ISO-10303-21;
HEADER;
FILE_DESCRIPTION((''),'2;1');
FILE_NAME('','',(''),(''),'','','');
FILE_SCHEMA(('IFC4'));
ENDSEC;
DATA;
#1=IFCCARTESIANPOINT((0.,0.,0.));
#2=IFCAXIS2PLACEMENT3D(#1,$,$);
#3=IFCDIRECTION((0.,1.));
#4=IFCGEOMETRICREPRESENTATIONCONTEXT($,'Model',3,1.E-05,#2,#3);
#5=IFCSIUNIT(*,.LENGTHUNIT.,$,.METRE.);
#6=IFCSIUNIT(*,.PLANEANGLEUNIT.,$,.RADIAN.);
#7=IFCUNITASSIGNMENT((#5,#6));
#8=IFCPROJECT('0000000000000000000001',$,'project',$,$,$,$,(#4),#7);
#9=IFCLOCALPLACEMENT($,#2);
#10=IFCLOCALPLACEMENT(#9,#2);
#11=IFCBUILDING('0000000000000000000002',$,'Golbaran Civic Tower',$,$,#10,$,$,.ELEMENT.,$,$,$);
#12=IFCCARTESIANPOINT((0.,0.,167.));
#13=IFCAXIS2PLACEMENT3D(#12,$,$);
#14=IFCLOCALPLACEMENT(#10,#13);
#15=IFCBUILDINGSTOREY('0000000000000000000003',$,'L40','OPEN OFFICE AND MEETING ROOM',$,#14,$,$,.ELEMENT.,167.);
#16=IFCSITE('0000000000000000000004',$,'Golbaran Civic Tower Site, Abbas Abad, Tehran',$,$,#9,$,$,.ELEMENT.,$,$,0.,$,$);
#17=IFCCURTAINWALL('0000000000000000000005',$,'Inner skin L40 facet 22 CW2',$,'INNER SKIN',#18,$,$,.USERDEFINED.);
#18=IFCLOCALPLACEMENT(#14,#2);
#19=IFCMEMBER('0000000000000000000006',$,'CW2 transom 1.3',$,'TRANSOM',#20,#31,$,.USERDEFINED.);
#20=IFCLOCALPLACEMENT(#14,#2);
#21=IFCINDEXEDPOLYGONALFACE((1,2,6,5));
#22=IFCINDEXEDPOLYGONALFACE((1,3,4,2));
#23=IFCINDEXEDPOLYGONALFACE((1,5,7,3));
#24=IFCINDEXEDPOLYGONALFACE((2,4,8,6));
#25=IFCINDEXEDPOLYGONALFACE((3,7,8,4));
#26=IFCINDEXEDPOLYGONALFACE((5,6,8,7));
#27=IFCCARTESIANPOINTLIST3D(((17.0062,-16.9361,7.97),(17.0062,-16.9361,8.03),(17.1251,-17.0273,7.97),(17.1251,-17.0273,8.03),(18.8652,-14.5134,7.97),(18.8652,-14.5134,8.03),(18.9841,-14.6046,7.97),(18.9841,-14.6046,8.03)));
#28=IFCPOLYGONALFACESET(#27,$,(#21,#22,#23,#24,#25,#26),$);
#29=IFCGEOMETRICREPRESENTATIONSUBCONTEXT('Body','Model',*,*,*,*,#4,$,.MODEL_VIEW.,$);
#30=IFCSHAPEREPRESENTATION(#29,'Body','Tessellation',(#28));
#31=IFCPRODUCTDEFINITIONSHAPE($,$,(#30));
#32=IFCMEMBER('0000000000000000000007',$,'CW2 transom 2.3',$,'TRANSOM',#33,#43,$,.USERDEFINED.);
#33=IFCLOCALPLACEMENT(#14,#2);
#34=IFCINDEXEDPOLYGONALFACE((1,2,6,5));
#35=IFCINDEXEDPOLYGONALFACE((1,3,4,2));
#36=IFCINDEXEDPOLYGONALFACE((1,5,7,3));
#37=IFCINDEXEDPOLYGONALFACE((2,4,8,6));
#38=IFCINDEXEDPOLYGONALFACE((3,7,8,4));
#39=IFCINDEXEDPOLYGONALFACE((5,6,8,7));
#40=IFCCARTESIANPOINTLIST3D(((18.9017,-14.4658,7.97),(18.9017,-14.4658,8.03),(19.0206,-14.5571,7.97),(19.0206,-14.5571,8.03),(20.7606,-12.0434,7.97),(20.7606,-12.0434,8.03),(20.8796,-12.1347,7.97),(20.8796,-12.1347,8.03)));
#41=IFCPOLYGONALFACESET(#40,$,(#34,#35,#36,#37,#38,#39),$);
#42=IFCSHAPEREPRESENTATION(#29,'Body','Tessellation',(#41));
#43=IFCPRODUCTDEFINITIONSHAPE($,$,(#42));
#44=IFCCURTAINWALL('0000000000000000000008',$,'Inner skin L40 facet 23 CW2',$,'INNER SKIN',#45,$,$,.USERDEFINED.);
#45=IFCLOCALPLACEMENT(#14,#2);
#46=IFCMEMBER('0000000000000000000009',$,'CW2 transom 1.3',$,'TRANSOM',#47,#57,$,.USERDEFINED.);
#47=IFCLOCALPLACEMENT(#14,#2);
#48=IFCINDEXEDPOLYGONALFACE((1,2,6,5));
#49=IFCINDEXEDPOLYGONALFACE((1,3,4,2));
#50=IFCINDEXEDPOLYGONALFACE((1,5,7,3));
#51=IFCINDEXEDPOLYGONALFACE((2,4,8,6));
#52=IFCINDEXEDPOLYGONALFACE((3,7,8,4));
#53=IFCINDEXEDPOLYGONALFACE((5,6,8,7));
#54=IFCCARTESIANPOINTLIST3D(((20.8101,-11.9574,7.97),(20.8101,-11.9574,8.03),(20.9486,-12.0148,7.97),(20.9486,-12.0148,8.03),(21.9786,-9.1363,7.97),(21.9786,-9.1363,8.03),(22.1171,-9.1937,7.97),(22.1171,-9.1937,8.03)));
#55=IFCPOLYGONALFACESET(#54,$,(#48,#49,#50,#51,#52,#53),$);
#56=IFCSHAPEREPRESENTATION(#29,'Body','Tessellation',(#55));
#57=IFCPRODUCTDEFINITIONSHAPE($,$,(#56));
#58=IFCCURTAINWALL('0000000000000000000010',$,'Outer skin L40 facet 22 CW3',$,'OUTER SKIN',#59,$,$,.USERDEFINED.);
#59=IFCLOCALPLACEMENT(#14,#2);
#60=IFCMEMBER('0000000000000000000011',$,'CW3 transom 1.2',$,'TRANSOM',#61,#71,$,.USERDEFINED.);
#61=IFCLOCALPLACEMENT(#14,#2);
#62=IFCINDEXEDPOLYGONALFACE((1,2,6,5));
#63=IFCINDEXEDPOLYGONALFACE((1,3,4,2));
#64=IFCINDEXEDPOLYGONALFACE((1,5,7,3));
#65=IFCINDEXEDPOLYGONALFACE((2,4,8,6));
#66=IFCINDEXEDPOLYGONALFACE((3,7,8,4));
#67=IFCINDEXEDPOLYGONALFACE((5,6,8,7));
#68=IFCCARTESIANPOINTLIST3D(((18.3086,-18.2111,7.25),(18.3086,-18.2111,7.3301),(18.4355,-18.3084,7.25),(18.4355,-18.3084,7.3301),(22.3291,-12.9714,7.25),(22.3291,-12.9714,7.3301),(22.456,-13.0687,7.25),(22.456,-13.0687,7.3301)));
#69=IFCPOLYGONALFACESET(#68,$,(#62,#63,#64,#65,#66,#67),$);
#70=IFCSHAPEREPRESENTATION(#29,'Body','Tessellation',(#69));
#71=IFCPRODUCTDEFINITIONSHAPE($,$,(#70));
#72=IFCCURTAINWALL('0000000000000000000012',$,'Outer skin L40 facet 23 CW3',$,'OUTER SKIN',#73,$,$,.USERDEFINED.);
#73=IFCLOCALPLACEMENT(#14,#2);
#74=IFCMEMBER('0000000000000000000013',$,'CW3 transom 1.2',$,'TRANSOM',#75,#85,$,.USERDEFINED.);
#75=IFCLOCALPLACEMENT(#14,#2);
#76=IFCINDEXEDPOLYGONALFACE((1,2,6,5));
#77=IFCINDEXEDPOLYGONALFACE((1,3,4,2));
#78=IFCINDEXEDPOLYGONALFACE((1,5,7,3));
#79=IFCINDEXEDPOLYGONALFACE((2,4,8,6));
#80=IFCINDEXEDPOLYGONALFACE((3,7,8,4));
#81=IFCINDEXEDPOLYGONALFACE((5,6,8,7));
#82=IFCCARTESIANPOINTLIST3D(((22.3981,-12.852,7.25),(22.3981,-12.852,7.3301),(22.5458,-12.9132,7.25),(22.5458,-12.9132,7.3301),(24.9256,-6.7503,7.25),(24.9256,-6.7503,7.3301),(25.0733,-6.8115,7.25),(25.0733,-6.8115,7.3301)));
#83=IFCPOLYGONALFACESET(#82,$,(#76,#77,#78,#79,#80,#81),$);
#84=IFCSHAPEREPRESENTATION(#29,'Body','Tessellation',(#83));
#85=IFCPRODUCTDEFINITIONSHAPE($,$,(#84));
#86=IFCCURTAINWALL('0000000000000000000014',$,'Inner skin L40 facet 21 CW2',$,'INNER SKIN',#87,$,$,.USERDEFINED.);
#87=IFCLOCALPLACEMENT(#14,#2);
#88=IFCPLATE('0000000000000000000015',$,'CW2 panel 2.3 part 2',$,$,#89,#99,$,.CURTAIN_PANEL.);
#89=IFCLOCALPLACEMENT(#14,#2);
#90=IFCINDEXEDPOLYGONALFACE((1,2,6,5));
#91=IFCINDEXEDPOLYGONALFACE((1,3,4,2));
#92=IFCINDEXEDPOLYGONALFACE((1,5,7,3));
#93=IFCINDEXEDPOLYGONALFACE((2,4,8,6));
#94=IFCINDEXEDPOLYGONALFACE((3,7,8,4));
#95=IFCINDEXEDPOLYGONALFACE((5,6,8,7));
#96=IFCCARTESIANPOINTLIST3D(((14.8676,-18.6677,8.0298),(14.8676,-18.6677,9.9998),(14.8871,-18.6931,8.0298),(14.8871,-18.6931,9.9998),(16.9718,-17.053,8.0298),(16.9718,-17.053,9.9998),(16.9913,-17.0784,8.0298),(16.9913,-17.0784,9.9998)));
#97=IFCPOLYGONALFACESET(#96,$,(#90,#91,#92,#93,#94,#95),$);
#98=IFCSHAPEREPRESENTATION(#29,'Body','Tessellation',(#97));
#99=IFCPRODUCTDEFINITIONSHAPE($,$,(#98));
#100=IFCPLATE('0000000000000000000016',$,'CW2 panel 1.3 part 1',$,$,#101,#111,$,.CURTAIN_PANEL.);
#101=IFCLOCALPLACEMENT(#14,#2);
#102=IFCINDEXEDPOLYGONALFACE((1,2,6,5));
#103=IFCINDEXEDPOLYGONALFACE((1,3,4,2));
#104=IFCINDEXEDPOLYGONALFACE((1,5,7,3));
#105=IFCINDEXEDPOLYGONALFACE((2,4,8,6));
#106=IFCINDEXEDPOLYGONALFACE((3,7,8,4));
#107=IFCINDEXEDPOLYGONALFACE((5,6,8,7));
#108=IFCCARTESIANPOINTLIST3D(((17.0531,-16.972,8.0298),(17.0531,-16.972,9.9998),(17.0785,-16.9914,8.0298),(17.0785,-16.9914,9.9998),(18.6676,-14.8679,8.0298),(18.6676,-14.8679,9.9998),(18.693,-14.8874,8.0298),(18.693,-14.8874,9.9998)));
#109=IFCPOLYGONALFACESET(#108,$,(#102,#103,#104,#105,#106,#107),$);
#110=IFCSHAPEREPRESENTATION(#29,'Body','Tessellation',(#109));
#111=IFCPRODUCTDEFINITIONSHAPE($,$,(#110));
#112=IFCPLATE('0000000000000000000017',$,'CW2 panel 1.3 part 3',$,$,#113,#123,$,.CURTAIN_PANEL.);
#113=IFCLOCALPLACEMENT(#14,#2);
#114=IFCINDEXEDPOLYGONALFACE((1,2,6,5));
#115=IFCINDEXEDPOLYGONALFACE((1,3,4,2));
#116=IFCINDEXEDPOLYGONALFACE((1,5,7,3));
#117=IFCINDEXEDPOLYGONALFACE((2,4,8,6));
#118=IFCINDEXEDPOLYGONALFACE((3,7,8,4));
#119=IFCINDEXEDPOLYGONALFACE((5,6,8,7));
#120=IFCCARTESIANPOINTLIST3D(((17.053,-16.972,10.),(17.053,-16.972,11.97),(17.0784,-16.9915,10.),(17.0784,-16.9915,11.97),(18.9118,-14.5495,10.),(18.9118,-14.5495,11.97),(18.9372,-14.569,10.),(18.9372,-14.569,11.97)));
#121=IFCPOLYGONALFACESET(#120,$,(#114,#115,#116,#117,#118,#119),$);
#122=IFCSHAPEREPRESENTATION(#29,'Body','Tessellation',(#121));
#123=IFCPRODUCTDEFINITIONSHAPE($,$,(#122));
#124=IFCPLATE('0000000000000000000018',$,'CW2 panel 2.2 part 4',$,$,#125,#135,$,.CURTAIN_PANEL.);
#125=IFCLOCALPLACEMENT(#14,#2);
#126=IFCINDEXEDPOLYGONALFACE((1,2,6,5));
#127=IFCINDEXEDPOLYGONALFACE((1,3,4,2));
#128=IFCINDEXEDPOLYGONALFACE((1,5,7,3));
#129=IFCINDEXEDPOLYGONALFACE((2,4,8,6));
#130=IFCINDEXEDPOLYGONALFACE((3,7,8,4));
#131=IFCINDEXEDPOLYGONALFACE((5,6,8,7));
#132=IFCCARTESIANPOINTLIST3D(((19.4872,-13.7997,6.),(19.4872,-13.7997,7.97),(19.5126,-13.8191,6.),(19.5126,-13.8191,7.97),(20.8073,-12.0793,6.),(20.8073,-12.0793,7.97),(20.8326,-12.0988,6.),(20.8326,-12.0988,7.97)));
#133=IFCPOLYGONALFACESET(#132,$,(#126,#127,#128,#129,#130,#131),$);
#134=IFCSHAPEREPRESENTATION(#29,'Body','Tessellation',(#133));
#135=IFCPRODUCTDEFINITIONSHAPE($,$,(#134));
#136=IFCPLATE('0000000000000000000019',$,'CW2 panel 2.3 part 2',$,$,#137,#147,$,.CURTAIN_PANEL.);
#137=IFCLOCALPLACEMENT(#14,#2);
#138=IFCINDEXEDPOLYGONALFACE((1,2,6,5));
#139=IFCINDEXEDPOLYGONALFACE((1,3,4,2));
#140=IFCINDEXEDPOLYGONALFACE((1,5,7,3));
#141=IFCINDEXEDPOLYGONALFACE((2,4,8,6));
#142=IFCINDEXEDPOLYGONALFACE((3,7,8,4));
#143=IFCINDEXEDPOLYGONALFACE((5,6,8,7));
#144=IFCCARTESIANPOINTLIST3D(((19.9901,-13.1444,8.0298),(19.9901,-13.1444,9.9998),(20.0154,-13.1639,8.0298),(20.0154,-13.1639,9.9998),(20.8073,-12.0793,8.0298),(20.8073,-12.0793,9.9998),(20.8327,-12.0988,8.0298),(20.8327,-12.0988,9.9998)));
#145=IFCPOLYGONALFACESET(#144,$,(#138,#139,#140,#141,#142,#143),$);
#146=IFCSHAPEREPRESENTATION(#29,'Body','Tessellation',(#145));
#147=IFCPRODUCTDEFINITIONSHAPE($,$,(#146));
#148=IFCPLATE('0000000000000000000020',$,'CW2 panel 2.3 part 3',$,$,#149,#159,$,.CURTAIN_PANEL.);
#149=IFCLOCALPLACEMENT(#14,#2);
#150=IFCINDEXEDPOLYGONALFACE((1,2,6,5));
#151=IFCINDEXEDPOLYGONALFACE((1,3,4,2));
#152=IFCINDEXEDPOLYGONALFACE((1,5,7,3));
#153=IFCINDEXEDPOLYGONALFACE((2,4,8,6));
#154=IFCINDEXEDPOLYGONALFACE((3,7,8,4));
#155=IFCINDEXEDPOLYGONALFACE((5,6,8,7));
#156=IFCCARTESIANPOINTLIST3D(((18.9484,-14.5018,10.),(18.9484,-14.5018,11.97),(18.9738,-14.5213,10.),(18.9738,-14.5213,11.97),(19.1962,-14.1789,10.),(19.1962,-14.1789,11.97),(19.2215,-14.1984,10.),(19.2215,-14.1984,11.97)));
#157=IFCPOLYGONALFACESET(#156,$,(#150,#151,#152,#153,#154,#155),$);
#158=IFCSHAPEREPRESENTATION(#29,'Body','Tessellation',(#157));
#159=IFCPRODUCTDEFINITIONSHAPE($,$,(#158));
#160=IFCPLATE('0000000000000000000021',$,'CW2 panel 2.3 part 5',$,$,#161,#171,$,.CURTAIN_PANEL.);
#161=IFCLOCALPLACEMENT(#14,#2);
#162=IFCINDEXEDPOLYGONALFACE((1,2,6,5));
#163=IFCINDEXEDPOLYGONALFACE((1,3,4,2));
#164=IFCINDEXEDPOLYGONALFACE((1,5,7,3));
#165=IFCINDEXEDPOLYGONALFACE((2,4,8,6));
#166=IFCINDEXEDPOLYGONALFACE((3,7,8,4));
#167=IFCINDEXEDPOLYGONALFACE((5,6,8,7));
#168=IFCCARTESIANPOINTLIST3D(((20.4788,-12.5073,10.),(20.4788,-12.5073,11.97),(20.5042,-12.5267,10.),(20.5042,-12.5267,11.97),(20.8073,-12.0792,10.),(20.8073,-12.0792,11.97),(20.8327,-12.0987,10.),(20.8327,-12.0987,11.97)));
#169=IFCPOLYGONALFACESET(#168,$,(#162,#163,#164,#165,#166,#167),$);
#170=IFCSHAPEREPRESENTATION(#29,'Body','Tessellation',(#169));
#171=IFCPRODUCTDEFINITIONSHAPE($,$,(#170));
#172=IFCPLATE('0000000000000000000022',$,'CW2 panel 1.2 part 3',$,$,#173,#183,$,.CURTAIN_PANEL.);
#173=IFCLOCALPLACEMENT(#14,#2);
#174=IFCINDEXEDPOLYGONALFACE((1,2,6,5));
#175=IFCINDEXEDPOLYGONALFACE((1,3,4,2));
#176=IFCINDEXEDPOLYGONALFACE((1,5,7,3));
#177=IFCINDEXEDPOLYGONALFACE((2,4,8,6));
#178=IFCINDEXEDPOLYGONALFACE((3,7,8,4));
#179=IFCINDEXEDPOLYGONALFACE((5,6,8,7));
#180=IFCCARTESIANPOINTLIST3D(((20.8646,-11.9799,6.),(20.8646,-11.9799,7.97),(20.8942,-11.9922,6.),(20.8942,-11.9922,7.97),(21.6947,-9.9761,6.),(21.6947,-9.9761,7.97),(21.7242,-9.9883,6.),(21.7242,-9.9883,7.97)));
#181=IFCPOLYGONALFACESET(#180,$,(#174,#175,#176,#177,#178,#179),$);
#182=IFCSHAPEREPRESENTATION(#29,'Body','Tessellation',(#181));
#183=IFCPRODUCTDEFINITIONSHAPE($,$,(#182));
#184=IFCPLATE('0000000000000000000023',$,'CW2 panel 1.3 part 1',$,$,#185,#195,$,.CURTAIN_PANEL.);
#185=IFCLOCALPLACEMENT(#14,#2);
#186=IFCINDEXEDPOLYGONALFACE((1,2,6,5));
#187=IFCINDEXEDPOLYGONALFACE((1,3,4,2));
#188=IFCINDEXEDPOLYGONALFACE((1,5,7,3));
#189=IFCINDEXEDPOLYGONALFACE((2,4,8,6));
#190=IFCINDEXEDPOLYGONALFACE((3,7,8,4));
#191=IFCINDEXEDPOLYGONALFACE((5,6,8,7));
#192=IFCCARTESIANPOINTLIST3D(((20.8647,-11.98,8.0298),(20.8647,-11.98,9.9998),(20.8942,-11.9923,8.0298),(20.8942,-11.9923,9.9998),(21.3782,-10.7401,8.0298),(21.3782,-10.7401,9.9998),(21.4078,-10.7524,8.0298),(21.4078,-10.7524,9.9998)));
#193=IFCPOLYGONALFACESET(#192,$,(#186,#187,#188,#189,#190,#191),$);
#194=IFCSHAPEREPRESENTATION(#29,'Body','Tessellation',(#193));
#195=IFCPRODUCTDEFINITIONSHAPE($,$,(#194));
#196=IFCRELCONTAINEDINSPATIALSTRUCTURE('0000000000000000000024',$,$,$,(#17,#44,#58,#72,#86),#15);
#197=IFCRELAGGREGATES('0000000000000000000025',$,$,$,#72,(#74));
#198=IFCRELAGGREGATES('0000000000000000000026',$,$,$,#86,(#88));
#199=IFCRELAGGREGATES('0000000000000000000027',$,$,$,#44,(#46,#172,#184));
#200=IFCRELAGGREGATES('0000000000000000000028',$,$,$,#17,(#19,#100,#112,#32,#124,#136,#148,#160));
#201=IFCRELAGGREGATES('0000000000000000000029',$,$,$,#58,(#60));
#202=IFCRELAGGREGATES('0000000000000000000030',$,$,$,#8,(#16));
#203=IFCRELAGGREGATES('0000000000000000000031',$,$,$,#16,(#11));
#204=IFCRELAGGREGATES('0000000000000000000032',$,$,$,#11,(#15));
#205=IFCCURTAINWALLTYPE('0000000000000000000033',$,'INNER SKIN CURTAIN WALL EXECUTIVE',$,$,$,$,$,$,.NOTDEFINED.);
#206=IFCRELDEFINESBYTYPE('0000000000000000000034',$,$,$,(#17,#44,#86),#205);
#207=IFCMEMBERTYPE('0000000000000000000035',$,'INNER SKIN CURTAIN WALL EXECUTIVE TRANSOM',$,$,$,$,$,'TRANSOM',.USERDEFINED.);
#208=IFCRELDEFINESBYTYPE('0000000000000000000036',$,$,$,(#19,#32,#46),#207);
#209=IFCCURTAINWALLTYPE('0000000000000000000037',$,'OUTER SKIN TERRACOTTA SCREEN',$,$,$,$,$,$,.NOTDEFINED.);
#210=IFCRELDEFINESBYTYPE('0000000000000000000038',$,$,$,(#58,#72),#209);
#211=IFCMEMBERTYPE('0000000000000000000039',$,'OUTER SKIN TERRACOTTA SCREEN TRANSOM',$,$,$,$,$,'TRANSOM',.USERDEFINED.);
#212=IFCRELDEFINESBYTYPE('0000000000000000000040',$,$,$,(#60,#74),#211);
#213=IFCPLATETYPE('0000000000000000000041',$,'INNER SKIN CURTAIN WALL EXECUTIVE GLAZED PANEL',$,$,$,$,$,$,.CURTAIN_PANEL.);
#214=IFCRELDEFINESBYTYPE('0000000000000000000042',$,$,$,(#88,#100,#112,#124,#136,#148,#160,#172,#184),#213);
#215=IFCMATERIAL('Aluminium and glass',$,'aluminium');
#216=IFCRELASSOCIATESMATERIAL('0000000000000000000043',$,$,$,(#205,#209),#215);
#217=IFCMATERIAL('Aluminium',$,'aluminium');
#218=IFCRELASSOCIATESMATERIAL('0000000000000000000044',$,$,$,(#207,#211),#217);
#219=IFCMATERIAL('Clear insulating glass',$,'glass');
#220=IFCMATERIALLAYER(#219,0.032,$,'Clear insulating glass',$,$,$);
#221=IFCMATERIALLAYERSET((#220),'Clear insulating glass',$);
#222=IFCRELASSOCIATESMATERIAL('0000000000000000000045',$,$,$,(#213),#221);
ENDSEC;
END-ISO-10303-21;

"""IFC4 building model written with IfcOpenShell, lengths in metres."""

from ifc_helpers import new_model, si_unit, direction, frame, origin, origin_2d, place, context, subcontext, project, spatial, rectangle, extrude, material, layer, layer_set, material_profile, profile_set, type_object, element, aggregate, save


model = new_model("IFC4")

# Units and contexts
model_context = context("Model", 3, precision=1e-05, world=origin(), true_north=direction((0.0, 1.0)))
body_context = subcontext(model_context, "Body", "Model", "MODEL_VIEW")
ifc_project = project(units=[si_unit("LENGTHUNIT", "METRE"), si_unit("PLANEANGLEUNIT", "RADIAN")], contexts=[model_context])

# Site, building, storey
site_placement = place(None, origin())
site = spatial("IfcSite", under=ifc_project, at=site_placement, Name="Golbaran Civic Tower Site, Abbas Abad, Tehran", CompositionType="ELEMENT", RefElevation=0.0)
building_placement = place(site_placement, origin())
building = spatial("IfcBuilding", under=site, at=building_placement, Name="Golbaran Civic Tower", CompositionType="ELEMENT")
storey_placement = place(building_placement, frame((0.0, 0.0, 167.0)))
storey = spatial("IfcBuildingStorey", under=building, at=storey_placement, Name="L40", Description="OPEN OFFICE AND MEETING ROOM", CompositionType="ELEMENT", Elevation=167.0)

# Curtain wall, members
ifc_material_1 = material(Name="Aluminium and glass", Category="aluminium")
curtain_wall_type_1 = type_object("IfcCurtainWallType", Name="INNER SKIN CURTAIN WALL EXECUTIVE", PredefinedType="NOTDEFINED", material=ifc_material_1)
curtain_wall_1_placement = place(storey_placement, origin())
curtain_wall_1 = element("IfcCurtainWall", 1, at=curtain_wall_1_placement, inside=storey, type_object=curtain_wall_type_1, Name="Inner skin L40 facet 22 CW2", ObjectType="INNER SKIN", PredefinedType="USERDEFINED")
ifc_material_2 = material(Name="Aluminium", Category="aluminium")
ifc_material_profile_1 = material_profile(ifc_material_2, rectangle(XDim=0.1499, YDim=0.0601, at=origin_2d()), Name="INNER SKIN CURTAIN WALL EXECUTIVE TRANSOM")
ifc_profile_set_1 = profile_set([ifc_material_profile_1], Name="Aluminium")
member_type_1 = type_object("IfcMemberType", Name="INNER SKIN CURTAIN WALL EXECUTIVE TRANSOM", ElementType="TRANSOM", PredefinedType="USERDEFINED", material=ifc_profile_set_1)
member_1_placement = place(storey_placement, frame((17.0657, -16.9817, 8.0), z_axis=(0.608752, 0.793361, 0.0), x_axis=(-0.793361, 0.608752, 0.0)))
member_1 = element("IfcMember", 2, at=member_1_placement, type_object=member_type_1, Name="CW2 transom 1.3", ObjectType="TRANSOM", PredefinedType="USERDEFINED", context=body_context, shape_type="SweptSolid", body=[
    extrude(rectangle(XDim=0.1499, YDim=0.0601, at=origin_2d()), origin(), (0.0, 0.0, 1.0), 3.0537),
])
member_2_placement = place(storey_placement, frame((18.9612, -14.5115, 8.0), z_axis=(0.608791, 0.793331, 0.0), x_axis=(-0.793331, 0.608791, 0.0)))
member_2 = element("IfcMember", 3, at=member_2_placement, type_object=member_type_1, Name="CW2 transom 2.3", ObjectType="TRANSOM", PredefinedType="USERDEFINED", context=body_context, shape_type="SweptSolid", body=[
    extrude(rectangle(XDim=0.1499, YDim=0.0601, at=origin_2d()), origin(), (0.0, 0.0, 1.0), 3.0535),
])

# Curtain walls, members
curtain_wall_2_placement = place(storey_placement, origin())
curtain_wall_2 = element("IfcCurtainWall", 4, at=curtain_wall_2_placement, inside=storey, type_object=curtain_wall_type_1, Name="Inner skin L40 facet 23 CW2", ObjectType="INNER SKIN", PredefinedType="USERDEFINED")
member_3_placement = place(storey_placement, frame((20.8794, -11.9861, 8.0), z_axis=(0.382667, 0.923886, 0.0), x_axis=(-0.923886, 0.382667, 0.0)))
member_3 = element("IfcMember", 5, at=member_3_placement, type_object=member_type_1, Name="CW2 transom 1.3", ObjectType="TRANSOM", PredefinedType="USERDEFINED", context=body_context, shape_type="SweptSolid", body=[
    extrude(rectangle(XDim=0.1499, YDim=0.0601, at=origin_2d()), origin(), (0.0, 0.0, 1.0), 3.0535),
])
curtain_wall_type_2 = type_object("IfcCurtainWallType", Name="OUTER SKIN TERRACOTTA SCREEN", PredefinedType="NOTDEFINED", material=ifc_material_1)
curtain_wall_3_placement = place(storey_placement, origin())
curtain_wall_3 = element("IfcCurtainWall", 6, at=curtain_wall_3_placement, inside=storey, type_object=curtain_wall_type_2, Name="Outer skin L40 facet 22 CW3", ObjectType="OUTER SKIN", PredefinedType="USERDEFINED")
ifc_material_profile_2 = material_profile(ifc_material_2, rectangle(XDim=0.1599, YDim=0.0801, at=origin_2d()), Name="OUTER SKIN TERRACOTTA SCREEN TRANSOM")
ifc_profile_set_2 = profile_set([ifc_material_profile_2], Name="Aluminium")
member_type_2 = type_object("IfcMemberType", Name="OUTER SKIN TERRACOTTA SCREEN TRANSOM", ElementType="TRANSOM", PredefinedType="USERDEFINED", material=ifc_profile_set_2)
member_4_placement = place(storey_placement, frame((18.3721, -18.2598, 7.29), z_axis=(0.608753, 0.79336, 0.0), x_axis=(-0.79336, 0.608753, 0.0)))
member_4 = element("IfcMember", 7, at=member_4_placement, type_object=member_type_2, Name="CW3 transom 1.2", ObjectType="TRANSOM", PredefinedType="USERDEFINED", context=body_context, shape_type="SweptSolid", body=[
    extrude(rectangle(XDim=0.1599, YDim=0.0801, at=origin_2d()), origin(), (0.0, 0.0, 1.0), 6.6045),
])
curtain_wall_4_placement = place(storey_placement, origin())
curtain_wall_4 = element("IfcCurtainWall", 8, at=curtain_wall_4_placement, inside=storey, type_object=curtain_wall_type_2, Name="Outer skin L40 facet 23 CW3", ObjectType="OUTER SKIN", PredefinedType="USERDEFINED")
member_5_placement = place(storey_placement, frame((22.4719, -12.8826, 7.29), z_axis=(0.382701, 0.923872, 0.0), x_axis=(-0.923872, 0.382701, 0.0)))
member_5 = element("IfcMember", 9, at=member_5_placement, type_object=member_type_2, Name="CW3 transom 1.2", ObjectType="TRANSOM", PredefinedType="USERDEFINED", context=body_context, shape_type="SweptSolid", body=[
    extrude(rectangle(XDim=0.1599, YDim=0.0801, at=origin_2d()), origin(), (0.0, 0.0, 1.0), 6.6045),
])
aggregate(curtain_wall_4, [member_5])

# Curtain wall, plate
curtain_wall_5_placement = place(storey_placement, origin())
curtain_wall_5 = element("IfcCurtainWall", 10, at=curtain_wall_5_placement, inside=storey, type_object=curtain_wall_type_1, Name="Inner skin L40 facet 21 CW2", ObjectType="INNER SKIN", PredefinedType="USERDEFINED")
ifc_material_3 = material(Name="Clear insulating glass", Category="glass")
ifc_layer_1 = layer(ifc_material_3, 0.032, Name="Clear insulating glass")
ifc_layer_set_1 = layer_set([ifc_layer_1], Name="Clear insulating glass")
plate_type_1 = type_object("IfcPlateType", Name="INNER SKIN CURTAIN WALL EXECUTIVE GLAZED PANEL", PredefinedType="CURTAIN_PANEL", material=ifc_layer_set_1)
plate_1_placement = place(storey_placement, frame((15.9294, -17.873, 8.0298), z_axis=(0.0, 0.0, 1.0), x_axis=(0.793353, 0.608761, 0.0)))
plate_1 = element("IfcPlate", 11, at=plate_1_placement, type_object=plate_type_1, Name="CW2 panel 2.3 part 2", PredefinedType="CURTAIN_PANEL", context=body_context, shape_type="SweptSolid", body=[
    extrude(rectangle(XDim=2.6523, YDim=0.032, at=origin_2d()), origin(), (0.0, 0.0, 1.0), 1.97),
])
aggregate(curtain_wall_5, [plate_1])

# Plates
plate_2_placement = place(storey_placement, frame((17.873, -15.9297, 8.0298), z_axis=(0.0, 0.0, 1.0), x_axis=(0.608761, 0.793353, 0.0)))
plate_2 = element("IfcPlate", 12, at=plate_2_placement, type_object=plate_type_1, Name="CW2 panel 1.3 part 1", PredefinedType="CURTAIN_PANEL", context=body_context, shape_type="SweptSolid", body=[
    extrude(rectangle(XDim=2.6521, YDim=0.032, at=origin_2d()), origin(), (0.0, 0.0, 1.0), 1.97),
])
plate_3_placement = place(storey_placement, frame((17.9951, -15.7705, 10.0), z_axis=(0.0, 0.0, 1.0), x_axis=(0.608761, 0.793353, 0.0)))
plate_3 = element("IfcPlate", 13, at=plate_3_placement, type_object=plate_type_1, Name="CW2 panel 1.3 part 3", PredefinedType="CURTAIN_PANEL", context=body_context, shape_type="SweptSolid", body=[
    extrude(rectangle(XDim=3.0535, YDim=0.032, at=origin_2d()), origin(), (0.0, 0.0, 1.0), 1.97),
])
plate_4_placement = place(storey_placement, frame((20.1599, -12.9492, 6.0), z_axis=(0.0, 0.0, 1.0), x_axis=(0.608761, 0.793353, 0.0)))
plate_4 = element("IfcPlate", 14, at=plate_4_placement, type_object=plate_type_1, Name="CW2 panel 2.2 part 4", PredefinedType="CURTAIN_PANEL", context=body_context, shape_type="SweptSolid", body=[
    extrude(rectangle(XDim=2.1685, YDim=0.032, at=origin_2d()), origin(), (0.0, 0.0, 1.0), 1.97),
])
plate_5_placement = place(storey_placement, frame((20.4114, -12.6216, 8.0298), z_axis=(0.0, 0.0, 1.0), x_axis=(0.608761, 0.793353, 0.0)))
plate_5 = element("IfcPlate", 15, at=plate_5_placement, type_object=plate_type_1, Name="CW2 panel 2.3 part 2", PredefinedType="CURTAIN_PANEL", context=body_context, shape_type="SweptSolid", body=[
    extrude(rectangle(XDim=1.3425, YDim=0.032, at=origin_2d()), origin(), (0.0, 0.0, 1.0), 1.97),
])
plate_6_placement = place(storey_placement, frame((19.085, -14.3501, 10.0), z_axis=(0.0, 0.0, 1.0), x_axis=(0.608761, 0.793353, 0.0)))
plate_6 = element("IfcPlate", 16, at=plate_6_placement, type_object=plate_type_1, Name="CW2 panel 2.3 part 3", PredefinedType="CURTAIN_PANEL", context=body_context, shape_type="SweptSolid", body=[
    extrude(rectangle(XDim=0.407, YDim=0.032, at=origin_2d()), origin(), (0.0, 0.0, 1.0), 1.97),
])
plate_7_placement = place(storey_placement, frame((20.6558, -12.303, 10.0), z_axis=(0.0, 0.0, 1.0), x_axis=(0.608761, 0.793353, 0.0)))
plate_7 = element("IfcPlate", 17, at=plate_7_placement, type_object=plate_type_1, Name="CW2 panel 2.3 part 5", PredefinedType="CURTAIN_PANEL", context=body_context, shape_type="SweptSolid", body=[
    extrude(rectangle(XDim=0.5396, YDim=0.032, at=origin_2d()), origin(), (0.0, 0.0, 1.0), 1.97),
])
plate_8_placement = place(storey_placement, frame((21.2944, -10.9841, 6.0), z_axis=(0.0, 0.0, 1.0), x_axis=(0.382683, 0.92388, 0.0)))
plate_8 = element("IfcPlate", 18, at=plate_8_placement, type_object=plate_type_1, Name="CW2 panel 1.2 part 3", PredefinedType="CURTAIN_PANEL", context=body_context, shape_type="SweptSolid", body=[
    extrude(rectangle(XDim=2.1689, YDim=0.032, at=origin_2d()), origin(), (0.0, 0.0, 1.0), 1.97),
])
plate_9_placement = place(storey_placement, frame((21.1362, -11.3662, 8.0298), z_axis=(0.0, 0.0, 1.0), x_axis=(0.382683, 0.92388, 0.0)))
plate_9 = element("IfcPlate", 19, at=plate_9_placement, type_object=plate_type_1, Name="CW2 panel 1.3 part 1", PredefinedType="CURTAIN_PANEL", context=body_context, shape_type="SweptSolid", body=[
    extrude(rectangle(XDim=1.342, YDim=0.032, at=origin_2d()), origin(), (0.0, 0.0, 1.0), 1.97),
])
aggregate(curtain_wall_2, [member_3, plate_8, plate_9])
aggregate(curtain_wall_1, [member_1, plate_2, plate_3, member_2, plate_4, plate_5, plate_6, plate_7])
aggregate(curtain_wall_3, [member_4])

save(model, "model.ifc")
